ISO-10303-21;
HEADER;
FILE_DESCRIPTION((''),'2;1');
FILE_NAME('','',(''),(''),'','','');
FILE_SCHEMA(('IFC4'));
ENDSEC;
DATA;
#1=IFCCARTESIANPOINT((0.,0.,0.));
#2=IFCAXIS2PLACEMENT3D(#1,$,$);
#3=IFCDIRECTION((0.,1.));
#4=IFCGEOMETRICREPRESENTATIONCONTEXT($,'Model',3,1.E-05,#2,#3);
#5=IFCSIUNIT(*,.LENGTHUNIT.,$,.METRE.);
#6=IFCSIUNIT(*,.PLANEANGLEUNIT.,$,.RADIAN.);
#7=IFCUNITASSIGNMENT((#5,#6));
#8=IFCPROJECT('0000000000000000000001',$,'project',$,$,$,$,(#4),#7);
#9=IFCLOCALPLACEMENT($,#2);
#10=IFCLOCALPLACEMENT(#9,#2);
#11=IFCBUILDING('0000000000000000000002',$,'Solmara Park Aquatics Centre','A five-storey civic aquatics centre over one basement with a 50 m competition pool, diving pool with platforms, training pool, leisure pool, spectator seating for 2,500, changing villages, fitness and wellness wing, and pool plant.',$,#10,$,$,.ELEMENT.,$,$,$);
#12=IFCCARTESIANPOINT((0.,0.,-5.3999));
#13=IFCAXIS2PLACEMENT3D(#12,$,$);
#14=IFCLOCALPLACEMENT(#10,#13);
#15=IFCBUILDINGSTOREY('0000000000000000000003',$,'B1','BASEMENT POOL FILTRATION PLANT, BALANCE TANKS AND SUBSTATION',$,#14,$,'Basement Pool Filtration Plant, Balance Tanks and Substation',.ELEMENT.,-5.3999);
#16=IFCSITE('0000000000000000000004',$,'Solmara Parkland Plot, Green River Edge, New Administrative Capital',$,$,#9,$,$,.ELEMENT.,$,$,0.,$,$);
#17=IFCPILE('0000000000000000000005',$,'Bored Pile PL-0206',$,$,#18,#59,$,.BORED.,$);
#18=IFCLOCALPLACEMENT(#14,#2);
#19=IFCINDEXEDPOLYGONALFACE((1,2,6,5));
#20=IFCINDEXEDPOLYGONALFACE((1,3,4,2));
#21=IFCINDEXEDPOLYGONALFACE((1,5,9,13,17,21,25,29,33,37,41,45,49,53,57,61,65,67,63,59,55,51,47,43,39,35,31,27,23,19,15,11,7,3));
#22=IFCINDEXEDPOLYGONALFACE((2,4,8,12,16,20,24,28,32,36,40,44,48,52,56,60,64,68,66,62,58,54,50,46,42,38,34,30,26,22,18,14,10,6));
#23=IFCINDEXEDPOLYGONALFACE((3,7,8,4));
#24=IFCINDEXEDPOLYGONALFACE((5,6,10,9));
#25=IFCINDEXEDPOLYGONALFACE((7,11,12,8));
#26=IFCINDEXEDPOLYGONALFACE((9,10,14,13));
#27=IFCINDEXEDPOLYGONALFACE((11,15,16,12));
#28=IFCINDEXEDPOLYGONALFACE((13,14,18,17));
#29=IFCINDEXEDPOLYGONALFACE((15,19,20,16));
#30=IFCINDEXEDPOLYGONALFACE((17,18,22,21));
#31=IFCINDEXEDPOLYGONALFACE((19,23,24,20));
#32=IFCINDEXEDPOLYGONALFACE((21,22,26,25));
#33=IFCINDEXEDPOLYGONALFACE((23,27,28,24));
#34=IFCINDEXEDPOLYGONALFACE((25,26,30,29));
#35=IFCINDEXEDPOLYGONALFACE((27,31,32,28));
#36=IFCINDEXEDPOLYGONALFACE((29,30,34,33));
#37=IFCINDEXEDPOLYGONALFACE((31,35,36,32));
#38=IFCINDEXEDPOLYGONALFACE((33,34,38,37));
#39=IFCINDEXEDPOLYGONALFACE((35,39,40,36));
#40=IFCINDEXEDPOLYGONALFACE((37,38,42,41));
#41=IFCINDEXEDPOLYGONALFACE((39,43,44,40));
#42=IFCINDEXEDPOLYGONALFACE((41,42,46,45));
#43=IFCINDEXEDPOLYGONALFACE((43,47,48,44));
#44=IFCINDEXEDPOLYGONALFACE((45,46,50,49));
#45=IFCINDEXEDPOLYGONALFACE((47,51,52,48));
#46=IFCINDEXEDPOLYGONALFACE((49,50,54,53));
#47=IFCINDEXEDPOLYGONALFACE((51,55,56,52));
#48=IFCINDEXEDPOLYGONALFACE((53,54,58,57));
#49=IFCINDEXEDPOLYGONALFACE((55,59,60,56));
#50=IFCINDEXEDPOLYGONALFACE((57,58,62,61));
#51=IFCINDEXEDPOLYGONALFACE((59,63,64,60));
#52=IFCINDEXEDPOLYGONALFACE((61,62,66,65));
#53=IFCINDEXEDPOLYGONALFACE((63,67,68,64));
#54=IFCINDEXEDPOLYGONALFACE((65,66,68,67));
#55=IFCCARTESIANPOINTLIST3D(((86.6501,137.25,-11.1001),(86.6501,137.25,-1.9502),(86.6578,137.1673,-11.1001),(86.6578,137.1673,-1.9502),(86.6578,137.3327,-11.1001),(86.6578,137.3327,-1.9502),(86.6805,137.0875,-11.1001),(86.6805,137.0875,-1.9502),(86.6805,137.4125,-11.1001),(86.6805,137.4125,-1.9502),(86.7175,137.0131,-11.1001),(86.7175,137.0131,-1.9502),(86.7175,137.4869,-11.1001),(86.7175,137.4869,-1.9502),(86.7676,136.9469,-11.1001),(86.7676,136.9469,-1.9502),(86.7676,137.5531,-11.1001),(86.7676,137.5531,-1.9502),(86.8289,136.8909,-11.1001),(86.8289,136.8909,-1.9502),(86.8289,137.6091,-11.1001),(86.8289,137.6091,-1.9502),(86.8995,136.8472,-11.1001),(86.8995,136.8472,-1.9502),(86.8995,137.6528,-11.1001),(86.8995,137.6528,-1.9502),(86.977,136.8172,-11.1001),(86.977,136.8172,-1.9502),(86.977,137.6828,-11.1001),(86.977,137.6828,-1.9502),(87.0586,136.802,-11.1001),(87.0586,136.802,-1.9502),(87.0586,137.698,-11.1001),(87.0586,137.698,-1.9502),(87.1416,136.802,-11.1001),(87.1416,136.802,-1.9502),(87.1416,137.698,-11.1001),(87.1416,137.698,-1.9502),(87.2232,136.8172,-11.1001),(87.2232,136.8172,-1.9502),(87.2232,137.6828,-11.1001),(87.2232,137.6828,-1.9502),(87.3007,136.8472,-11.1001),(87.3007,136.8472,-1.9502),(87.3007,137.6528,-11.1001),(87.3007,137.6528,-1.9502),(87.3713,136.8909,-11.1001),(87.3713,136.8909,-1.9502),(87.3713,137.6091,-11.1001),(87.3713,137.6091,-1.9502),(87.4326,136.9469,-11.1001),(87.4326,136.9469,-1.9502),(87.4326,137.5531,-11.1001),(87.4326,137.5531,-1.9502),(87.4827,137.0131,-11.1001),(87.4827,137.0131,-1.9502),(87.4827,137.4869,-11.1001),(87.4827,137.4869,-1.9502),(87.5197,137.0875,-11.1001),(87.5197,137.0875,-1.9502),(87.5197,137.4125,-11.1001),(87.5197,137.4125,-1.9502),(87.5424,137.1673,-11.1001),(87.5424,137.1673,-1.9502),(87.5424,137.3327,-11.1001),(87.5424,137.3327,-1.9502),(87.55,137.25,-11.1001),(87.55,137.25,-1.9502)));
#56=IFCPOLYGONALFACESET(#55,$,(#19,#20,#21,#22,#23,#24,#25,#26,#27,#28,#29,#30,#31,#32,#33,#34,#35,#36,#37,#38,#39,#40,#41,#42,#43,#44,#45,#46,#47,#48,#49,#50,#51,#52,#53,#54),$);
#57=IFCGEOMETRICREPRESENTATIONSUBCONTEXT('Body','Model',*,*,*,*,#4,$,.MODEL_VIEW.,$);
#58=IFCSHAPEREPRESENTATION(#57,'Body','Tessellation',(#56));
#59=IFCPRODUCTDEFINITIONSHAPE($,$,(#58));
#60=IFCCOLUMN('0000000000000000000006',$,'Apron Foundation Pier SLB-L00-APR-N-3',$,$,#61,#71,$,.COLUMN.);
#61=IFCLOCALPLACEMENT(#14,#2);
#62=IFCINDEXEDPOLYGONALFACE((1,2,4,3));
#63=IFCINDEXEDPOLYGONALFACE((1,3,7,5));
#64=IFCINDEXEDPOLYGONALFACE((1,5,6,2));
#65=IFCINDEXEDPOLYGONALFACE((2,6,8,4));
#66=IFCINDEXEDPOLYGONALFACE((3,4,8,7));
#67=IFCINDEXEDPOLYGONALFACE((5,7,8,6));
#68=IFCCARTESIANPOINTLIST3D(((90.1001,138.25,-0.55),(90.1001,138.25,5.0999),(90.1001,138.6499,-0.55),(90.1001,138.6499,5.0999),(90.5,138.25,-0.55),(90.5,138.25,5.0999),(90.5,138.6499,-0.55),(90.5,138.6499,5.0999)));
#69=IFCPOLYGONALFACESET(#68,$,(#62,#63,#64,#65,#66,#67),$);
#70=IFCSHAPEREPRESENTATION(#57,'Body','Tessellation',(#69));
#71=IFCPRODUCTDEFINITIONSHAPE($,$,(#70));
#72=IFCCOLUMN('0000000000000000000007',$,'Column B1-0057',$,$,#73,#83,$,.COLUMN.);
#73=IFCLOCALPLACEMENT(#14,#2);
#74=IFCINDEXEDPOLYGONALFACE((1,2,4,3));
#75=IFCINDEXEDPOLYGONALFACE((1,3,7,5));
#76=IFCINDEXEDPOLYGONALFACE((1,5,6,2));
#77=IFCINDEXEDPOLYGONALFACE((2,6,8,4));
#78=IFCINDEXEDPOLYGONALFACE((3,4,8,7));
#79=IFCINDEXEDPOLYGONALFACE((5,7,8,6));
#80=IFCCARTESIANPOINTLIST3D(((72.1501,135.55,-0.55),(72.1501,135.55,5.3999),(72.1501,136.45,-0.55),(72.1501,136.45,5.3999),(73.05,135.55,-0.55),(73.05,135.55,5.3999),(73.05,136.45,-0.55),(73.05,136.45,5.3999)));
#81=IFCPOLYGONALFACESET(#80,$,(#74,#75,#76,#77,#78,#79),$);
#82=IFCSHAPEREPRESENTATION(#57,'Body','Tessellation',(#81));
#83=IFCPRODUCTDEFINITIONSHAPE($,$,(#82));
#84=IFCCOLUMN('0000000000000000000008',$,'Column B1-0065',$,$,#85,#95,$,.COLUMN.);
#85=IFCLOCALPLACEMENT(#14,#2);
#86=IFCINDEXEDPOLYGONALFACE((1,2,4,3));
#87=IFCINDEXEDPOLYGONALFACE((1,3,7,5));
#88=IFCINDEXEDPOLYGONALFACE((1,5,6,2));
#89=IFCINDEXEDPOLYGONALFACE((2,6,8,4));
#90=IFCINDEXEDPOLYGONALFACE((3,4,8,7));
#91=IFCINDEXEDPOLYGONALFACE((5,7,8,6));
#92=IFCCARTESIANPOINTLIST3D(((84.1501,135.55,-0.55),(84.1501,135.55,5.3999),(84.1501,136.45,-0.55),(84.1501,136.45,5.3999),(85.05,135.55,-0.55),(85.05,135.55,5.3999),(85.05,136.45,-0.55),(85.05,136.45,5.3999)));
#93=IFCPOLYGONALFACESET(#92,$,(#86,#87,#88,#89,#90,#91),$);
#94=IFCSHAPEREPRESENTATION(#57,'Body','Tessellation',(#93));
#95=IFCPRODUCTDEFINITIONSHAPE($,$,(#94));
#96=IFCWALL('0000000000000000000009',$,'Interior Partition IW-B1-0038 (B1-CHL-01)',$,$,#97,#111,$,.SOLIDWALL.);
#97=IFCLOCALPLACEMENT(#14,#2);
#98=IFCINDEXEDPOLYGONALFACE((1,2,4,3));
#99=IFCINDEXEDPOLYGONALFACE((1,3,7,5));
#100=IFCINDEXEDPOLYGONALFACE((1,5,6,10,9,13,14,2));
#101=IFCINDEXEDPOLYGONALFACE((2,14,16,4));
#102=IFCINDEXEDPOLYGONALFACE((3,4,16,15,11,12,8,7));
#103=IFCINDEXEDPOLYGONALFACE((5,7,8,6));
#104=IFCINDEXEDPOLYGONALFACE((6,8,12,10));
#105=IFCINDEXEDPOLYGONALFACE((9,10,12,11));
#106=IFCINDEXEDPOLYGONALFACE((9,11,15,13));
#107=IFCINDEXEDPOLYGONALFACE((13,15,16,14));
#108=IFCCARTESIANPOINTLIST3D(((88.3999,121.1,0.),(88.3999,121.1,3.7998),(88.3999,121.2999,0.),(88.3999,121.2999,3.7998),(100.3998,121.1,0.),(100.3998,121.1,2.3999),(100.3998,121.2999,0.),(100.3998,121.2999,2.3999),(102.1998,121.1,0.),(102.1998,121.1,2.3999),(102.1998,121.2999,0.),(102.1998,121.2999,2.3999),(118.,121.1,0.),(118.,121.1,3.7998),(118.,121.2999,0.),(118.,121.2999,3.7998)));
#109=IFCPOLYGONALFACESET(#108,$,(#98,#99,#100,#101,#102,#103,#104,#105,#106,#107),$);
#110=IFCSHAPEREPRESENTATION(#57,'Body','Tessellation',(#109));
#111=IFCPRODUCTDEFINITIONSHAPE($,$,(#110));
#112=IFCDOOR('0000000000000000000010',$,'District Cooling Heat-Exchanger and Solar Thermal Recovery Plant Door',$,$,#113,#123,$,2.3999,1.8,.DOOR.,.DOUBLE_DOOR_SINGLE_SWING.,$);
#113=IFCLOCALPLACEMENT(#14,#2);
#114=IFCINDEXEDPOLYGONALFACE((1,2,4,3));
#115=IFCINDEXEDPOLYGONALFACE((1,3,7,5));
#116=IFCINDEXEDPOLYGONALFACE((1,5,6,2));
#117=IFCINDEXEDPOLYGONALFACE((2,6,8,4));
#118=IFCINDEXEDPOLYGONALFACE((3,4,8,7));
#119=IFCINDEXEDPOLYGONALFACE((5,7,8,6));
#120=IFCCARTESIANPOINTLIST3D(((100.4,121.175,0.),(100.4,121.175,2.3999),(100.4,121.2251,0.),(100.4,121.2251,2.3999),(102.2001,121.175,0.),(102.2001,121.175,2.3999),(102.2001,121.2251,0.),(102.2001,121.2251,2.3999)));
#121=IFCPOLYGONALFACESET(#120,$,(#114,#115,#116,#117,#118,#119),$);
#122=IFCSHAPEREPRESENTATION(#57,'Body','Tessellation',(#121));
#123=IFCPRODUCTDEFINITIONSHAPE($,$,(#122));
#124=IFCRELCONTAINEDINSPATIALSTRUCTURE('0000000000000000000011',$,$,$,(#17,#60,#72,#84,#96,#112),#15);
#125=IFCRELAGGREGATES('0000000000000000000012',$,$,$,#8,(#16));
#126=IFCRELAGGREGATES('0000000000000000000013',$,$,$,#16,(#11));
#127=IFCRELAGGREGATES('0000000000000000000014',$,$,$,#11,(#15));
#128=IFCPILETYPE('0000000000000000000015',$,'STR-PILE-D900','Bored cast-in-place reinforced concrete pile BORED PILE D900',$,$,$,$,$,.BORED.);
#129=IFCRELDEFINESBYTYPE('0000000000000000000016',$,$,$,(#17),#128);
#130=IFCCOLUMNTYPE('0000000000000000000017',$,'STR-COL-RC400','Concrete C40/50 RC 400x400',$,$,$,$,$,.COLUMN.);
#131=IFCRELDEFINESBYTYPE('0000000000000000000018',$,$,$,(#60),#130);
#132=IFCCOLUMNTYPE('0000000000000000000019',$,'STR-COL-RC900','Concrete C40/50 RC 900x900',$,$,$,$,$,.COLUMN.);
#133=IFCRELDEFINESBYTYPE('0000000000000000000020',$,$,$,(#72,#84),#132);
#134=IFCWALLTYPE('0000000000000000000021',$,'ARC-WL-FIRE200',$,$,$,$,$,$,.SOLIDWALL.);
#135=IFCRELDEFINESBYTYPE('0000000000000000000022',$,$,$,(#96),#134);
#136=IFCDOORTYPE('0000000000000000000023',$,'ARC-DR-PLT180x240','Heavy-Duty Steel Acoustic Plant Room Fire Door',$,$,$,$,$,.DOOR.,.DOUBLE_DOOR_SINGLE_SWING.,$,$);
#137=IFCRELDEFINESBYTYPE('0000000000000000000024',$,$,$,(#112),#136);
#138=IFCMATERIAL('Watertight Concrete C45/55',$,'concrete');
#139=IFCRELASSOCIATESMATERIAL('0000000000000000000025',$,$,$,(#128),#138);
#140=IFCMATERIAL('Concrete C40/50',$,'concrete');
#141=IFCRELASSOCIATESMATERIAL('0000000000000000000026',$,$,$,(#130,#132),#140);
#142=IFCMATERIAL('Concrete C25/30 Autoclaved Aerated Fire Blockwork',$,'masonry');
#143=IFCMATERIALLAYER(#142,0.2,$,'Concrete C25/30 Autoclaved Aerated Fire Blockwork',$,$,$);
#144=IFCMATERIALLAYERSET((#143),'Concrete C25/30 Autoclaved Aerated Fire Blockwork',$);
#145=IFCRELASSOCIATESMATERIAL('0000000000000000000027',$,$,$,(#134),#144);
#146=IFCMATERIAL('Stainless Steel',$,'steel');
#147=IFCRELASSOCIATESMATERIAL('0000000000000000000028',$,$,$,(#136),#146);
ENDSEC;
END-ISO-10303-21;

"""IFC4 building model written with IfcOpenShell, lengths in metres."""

from ifc_helpers import new_model, si_unit, direction, frame, frame_2d, origin, origin_2d, place, context, subcontext, project, spatial, rectangle, circle, extrude, material, layer, layer_set, material_profile, profile_set, type_object, element, fill, save


model = new_model("IFC4")

# Units and contexts
model_context = context("Model", 3, precision=1e-05, world=origin(), true_north=direction((0.0, 1.0)))
body_context = subcontext(model_context, "Body", "Model", "MODEL_VIEW")
ifc_project = project(units=[si_unit("LENGTHUNIT", "METRE"), si_unit("PLANEANGLEUNIT", "RADIAN")], contexts=[model_context])

# Site, building, storey
site_placement = place(None, origin())
site = spatial("IfcSite", under=ifc_project, at=site_placement, Name="Solmara Parkland Plot, Green River Edge, New Administrative Capital", CompositionType="ELEMENT", RefElevation=0.0)
building_placement = place(site_placement, origin())
building = spatial("IfcBuilding", under=site, at=building_placement, Name="Solmara Park Aquatics Centre", Description="A five-storey civic aquatics centre over one basement with a 50 m competition pool, diving pool with platforms, training pool, leisure pool, spectator seating for 2,500, changing villages, fitness and wellness wing, and pool plant.", CompositionType="ELEMENT")
storey_placement = place(building_placement, frame((0.0, 0.0, -5.3999)))
storey = spatial("IfcBuildingStorey", under=building, at=storey_placement, Name="B1", Description="BASEMENT POOL FILTRATION PLANT, BALANCE TANKS AND SUBSTATION", LongName="Basement Pool Filtration Plant, Balance Tanks and Substation", CompositionType="ELEMENT", Elevation=-5.3999)

# Shared definitions
ifc_material_1 = material(Name="Watertight Concrete C45/55", Category="concrete")

# Pile
ifc_material_profile_1 = material_profile(ifc_material_1, circle(Radius=0.45, at=origin_2d()), Name="BORED PILE D900")
ifc_profile_set_1 = profile_set([ifc_material_profile_1], Name="Watertight Concrete C45/55")
pile_type = type_object("IfcPileType", Name="STR-PILE-D900", Description="Bored cast-in-place reinforced concrete pile BORED PILE D900", PredefinedType="BORED", material=ifc_profile_set_1)
for number, where, z_axis, x_axis, name in (
    (1, (87.1001, 137.25, -1.9502), (0.0, 0.0, -1.0), (1.0, 0.0, 0.0), "Bored Pile PL-0206"),
):
    element("IfcPile", number, at=place(storey_placement, frame(where, z_axis=z_axis, x_axis=x_axis)), inside=storey, type_object=pile_type, Name=name, PredefinedType="BORED", context=body_context, shape_type="SweptSolid", body=[
        extrude(circle(Radius=0.45, at=origin_2d()), origin(), (0.0, 0.0, 1.0), 9.1499),
    ])

# Columns
ifc_material_2 = material(Name="Concrete C40/50", Category="concrete")
ifc_material_profile_2 = material_profile(ifc_material_2, rectangle(XDim=0.3999, YDim=0.3999, at=origin_2d()), Name="RC 400x400")
ifc_profile_set_2 = profile_set([ifc_material_profile_2], Name="Concrete C40/50")
column_type_1 = type_object("IfcColumnType", Name="STR-COL-RC400", Description="Concrete C40/50 RC 400x400", PredefinedType="COLUMN", material=ifc_profile_set_2)
column_placement = place(storey_placement, frame((90.3, 138.45, -0.55), z_axis=(0.0, 0.0, 1.0), x_axis=(1.0, 0.0, 0.0)))
element("IfcColumn", 2, at=column_placement, inside=storey, type_object=column_type_1, Name="Apron Foundation Pier SLB-L00-APR-N-3", PredefinedType="COLUMN", context=body_context, shape_type="SweptSolid", body=[
    extrude(rectangle(XDim=0.3999, YDim=0.3999, at=origin_2d()), origin(), (0.0, 0.0, 1.0), 5.6499),
])
ifc_material_profile_3 = material_profile(ifc_material_2, rectangle(XDim=0.8999, YDim=0.8999, at=origin_2d()), Name="RC 900x900")
ifc_profile_set_3 = profile_set([ifc_material_profile_3], Name="Concrete C40/50")
column_type_2 = type_object("IfcColumnType", Name="STR-COL-RC900", Description="Concrete C40/50 RC 900x900", PredefinedType="COLUMN", material=ifc_profile_set_3)
for number, where, z_axis, x_axis, name in (
    (3, (72.6001, 136.0, -0.55), (0.0, 0.0, 1.0), (1.0, 0.0, 0.0), "Column B1-0057"),
    (4, (84.6001, 136.0, -0.55), (0.0, 0.0, 1.0), (1.0, 0.0, 0.0), "Column B1-0065"),
):
    element("IfcColumn", number, at=place(storey_placement, frame(where, z_axis=z_axis, x_axis=x_axis)), inside=storey, type_object=column_type_2, Name=name, PredefinedType="COLUMN", context=body_context, shape_type="SweptSolid", body=[
        extrude(rectangle(XDim=0.8999, YDim=0.8999, at=origin_2d()), origin(), (0.0, 0.0, 1.0), 5.95),
    ])

# Wall, opening, door
ifc_material_3 = material(Name="Concrete C25/30 Autoclaved Aerated Fire Blockwork", Category="masonry")
ifc_layer = layer(ifc_material_3, 0.2, Name="Concrete C25/30 Autoclaved Aerated Fire Blockwork")
ifc_layer_set = layer_set([ifc_layer], Name="Concrete C25/30 Autoclaved Aerated Fire Blockwork")
wall_type = type_object("IfcWallType", Name="ARC-WL-FIRE200", PredefinedType="SOLIDWALL", material=ifc_layer_set)
wall_placement = place(storey_placement, frame((88.3999, 121.2, 0.0), z_axis=(0.0, 0.0, 1.0), x_axis=(1.0, 0.0, 0.0)))
wall = element("IfcWall", 5, at=wall_placement, inside=storey, type_object=wall_type, Name="Interior Partition IW-B1-0038 (B1-CHL-01)", PredefinedType="SOLIDWALL", context=body_context, shape_type="SweptSolid", body=[
    extrude(rectangle(XDim=29.6001, YDim=0.2, at=frame_2d((14.8, 0.0))), origin(), (0.0, 0.0, 1.0), 3.7998),
])
opening_placement = place(wall_placement, frame((12.0, 0.0, 0.0)))
opening = element("IfcOpeningElement", 6, at=opening_placement, cuts=wall, PredefinedType="OPENING", context=body_context, shape_type="SweptSolid", body=[
    extrude(rectangle(XDim=1.8, YDim=2.3999, at=frame_2d((0.8999, 1.2))), frame((0.0, 0.1099, 0.0), z_axis=(0.0, -1.0, 0.0), x_axis=(1.0, 0.0, 0.0)), (0.0, 0.0, 1.0), 0.22),
])
ifc_material_4 = material(Name="Stainless Steel", Category="steel")
door_type = type_object("IfcDoorType", Name="ARC-DR-PLT180x240", Description="Heavy-Duty Steel Acoustic Plant Room Fire Door", OperationType="DOUBLE_DOOR_SINGLE_SWING", PredefinedType="DOOR", material=ifc_material_4)
door_placement = place(opening_placement, frame((1.8, 0.0, 0.0), z_axis=(0.0, 0.0, 1.0), x_axis=(-1.0, 0.0, 0.0)))
door = element("IfcDoor", 7, at=door_placement, inside=storey, type_object=door_type, Name="District Cooling Heat-Exchanger and Solar Thermal Recovery Plant Door", OperationType="DOUBLE_DOOR_SINGLE_SWING", OverallHeight=2.3999, OverallWidth=1.8, PredefinedType="DOOR", context=body_context, shape_type="SweptSolid", body=[
    extrude(rectangle(XDim=1.8, YDim=2.3999, at=frame_2d((0.8999, 1.2))), frame((0.0, 0.0249, 0.0), z_axis=(0.0, -1.0, 0.0), x_axis=(1.0, 0.0, 0.0)), (0.0, 0.0, 1.0), 0.05),
])
fill(opening, door)

save(model, "model.ifc")
